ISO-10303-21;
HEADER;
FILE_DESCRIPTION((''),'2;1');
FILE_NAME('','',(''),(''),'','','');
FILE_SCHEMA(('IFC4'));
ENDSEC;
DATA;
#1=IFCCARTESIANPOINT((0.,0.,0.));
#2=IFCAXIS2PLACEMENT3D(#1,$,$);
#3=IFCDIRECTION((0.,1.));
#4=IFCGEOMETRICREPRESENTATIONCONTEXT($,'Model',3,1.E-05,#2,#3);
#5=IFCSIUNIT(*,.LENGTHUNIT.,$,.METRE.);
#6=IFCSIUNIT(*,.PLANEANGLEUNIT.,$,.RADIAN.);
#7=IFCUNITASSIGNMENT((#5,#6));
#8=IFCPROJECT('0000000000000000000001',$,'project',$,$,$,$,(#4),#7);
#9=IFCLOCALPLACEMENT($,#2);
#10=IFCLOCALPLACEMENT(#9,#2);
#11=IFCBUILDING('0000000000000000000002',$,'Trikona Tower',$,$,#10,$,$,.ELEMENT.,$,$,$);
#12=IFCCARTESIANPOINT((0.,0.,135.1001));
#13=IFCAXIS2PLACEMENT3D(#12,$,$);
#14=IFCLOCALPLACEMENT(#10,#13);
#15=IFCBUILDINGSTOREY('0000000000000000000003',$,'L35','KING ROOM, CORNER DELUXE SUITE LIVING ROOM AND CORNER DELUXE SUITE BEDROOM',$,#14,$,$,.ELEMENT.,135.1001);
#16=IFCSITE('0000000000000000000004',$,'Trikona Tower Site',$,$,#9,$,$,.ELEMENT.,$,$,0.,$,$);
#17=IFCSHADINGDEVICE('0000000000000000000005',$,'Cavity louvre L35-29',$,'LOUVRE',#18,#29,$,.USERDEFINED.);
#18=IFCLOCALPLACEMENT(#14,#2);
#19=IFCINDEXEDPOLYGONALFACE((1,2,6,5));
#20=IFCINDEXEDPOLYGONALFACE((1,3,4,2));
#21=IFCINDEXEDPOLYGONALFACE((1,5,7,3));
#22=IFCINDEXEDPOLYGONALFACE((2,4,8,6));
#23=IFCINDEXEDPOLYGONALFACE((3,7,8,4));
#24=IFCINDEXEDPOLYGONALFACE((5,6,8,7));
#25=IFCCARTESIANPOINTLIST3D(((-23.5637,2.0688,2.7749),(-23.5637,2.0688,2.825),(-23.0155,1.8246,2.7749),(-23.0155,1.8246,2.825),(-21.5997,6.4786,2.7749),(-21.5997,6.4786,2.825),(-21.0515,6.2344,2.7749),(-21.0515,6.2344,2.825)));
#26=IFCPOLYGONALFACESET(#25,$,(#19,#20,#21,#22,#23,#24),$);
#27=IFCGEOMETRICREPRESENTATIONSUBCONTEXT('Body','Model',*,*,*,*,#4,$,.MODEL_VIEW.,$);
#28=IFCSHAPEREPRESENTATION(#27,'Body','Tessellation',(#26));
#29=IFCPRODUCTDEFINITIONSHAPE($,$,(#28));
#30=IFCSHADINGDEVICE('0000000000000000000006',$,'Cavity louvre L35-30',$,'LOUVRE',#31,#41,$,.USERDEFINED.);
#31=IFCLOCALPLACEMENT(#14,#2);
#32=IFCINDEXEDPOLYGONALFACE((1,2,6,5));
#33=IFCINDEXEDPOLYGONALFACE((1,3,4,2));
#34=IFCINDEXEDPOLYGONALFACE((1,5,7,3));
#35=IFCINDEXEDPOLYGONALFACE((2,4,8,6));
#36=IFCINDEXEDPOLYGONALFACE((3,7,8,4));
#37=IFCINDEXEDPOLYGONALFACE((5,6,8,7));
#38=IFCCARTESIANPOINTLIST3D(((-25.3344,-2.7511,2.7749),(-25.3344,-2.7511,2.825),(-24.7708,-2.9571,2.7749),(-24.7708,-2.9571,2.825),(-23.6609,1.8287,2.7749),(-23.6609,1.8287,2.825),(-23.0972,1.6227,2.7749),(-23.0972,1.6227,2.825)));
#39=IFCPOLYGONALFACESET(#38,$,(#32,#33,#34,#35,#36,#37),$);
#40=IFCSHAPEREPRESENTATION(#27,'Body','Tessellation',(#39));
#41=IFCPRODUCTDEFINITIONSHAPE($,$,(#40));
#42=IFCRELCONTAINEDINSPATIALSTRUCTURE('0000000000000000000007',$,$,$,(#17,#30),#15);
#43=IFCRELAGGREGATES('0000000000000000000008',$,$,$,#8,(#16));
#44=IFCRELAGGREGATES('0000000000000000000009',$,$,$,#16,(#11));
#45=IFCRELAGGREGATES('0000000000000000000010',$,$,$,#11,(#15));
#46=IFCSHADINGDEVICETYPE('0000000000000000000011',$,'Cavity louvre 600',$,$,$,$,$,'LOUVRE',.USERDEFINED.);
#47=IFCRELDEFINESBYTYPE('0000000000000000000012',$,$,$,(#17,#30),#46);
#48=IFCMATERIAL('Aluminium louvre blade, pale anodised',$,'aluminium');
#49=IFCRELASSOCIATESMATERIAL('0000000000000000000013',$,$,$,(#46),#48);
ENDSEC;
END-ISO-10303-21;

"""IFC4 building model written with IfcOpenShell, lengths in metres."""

from ifc_helpers import new_model, si_unit, direction, frame, origin, origin_2d, place, context, subcontext, project, spatial, rectangle, extrude, material, type_object, element, save


model = new_model("IFC4")

# Units and contexts
model_context = context("Model", 3, precision=1e-05, world=origin(), true_north=direction((0.0, 1.0)))
body_context = subcontext(model_context, "Body", "Model", "MODEL_VIEW")
ifc_project = project(units=[si_unit("LENGTHUNIT", "METRE"), si_unit("PLANEANGLEUNIT", "RADIAN")], contexts=[model_context])

# Site, building, storey
site_placement = place(None, origin())
site = spatial("IfcSite", under=ifc_project, at=site_placement, Name="Trikona Tower Site", CompositionType="ELEMENT", RefElevation=0.0)
building_placement = place(site_placement, origin())
building = spatial("IfcBuilding", under=site, at=building_placement, Name="Trikona Tower", CompositionType="ELEMENT")
storey_placement = place(building_placement, frame((0.0, 0.0, 135.1001)))
storey = spatial("IfcBuildingStorey", under=building, at=storey_placement, Name="L35", Description="KING ROOM, CORNER DELUXE SUITE LIVING ROOM AND CORNER DELUXE SUITE BEDROOM", CompositionType="ELEMENT", Elevation=135.1001)

# Shading devices
ifc_material_1 = material(Name="Aluminium louvre blade, pale anodised", Category="aluminium")
shading_device_type = type_object("IfcShadingDeviceType", Name="Cavity louvre 600", ElementType="LOUVRE", PredefinedType="USERDEFINED", material=ifc_material_1)
shading_device_1_placement = place(storey_placement, frame((-22.3076, 4.1516, 2.7749), z_axis=(0.0, 0.0, 1.0), x_axis=(-0.406843, -0.913498, 0.0)))
element("IfcShadingDevice", 1, at=shading_device_1_placement, inside=storey, type_object=shading_device_type, Name="Cavity louvre L35-29", ObjectType="LOUVRE", PredefinedType="USERDEFINED", context=body_context, shape_type="SweptSolid", body=[
    extrude(rectangle(XDim=4.8274, YDim=0.6001, at=origin_2d()), origin(), (0.0, 0.0, 1.0), 0.05),
])
shading_device_2_placement = place(storey_placement, frame((-24.2158, -0.5642, 2.7749), z_axis=(0.0, 0.0, 1.0), x_axis=(-0.34322, -0.939255, 0.0)))
element("IfcShadingDevice", 2, at=shading_device_2_placement, inside=storey, type_object=shading_device_type, Name="Cavity louvre L35-30", ObjectType="LOUVRE", PredefinedType="USERDEFINED", context=body_context, shape_type="SweptSolid", body=[
    extrude(rectangle(XDim=4.876, YDim=0.6001, at=origin_2d()), origin(), (0.0, 0.0, 1.0), 0.05),
])

save(model, "model.ifc")
